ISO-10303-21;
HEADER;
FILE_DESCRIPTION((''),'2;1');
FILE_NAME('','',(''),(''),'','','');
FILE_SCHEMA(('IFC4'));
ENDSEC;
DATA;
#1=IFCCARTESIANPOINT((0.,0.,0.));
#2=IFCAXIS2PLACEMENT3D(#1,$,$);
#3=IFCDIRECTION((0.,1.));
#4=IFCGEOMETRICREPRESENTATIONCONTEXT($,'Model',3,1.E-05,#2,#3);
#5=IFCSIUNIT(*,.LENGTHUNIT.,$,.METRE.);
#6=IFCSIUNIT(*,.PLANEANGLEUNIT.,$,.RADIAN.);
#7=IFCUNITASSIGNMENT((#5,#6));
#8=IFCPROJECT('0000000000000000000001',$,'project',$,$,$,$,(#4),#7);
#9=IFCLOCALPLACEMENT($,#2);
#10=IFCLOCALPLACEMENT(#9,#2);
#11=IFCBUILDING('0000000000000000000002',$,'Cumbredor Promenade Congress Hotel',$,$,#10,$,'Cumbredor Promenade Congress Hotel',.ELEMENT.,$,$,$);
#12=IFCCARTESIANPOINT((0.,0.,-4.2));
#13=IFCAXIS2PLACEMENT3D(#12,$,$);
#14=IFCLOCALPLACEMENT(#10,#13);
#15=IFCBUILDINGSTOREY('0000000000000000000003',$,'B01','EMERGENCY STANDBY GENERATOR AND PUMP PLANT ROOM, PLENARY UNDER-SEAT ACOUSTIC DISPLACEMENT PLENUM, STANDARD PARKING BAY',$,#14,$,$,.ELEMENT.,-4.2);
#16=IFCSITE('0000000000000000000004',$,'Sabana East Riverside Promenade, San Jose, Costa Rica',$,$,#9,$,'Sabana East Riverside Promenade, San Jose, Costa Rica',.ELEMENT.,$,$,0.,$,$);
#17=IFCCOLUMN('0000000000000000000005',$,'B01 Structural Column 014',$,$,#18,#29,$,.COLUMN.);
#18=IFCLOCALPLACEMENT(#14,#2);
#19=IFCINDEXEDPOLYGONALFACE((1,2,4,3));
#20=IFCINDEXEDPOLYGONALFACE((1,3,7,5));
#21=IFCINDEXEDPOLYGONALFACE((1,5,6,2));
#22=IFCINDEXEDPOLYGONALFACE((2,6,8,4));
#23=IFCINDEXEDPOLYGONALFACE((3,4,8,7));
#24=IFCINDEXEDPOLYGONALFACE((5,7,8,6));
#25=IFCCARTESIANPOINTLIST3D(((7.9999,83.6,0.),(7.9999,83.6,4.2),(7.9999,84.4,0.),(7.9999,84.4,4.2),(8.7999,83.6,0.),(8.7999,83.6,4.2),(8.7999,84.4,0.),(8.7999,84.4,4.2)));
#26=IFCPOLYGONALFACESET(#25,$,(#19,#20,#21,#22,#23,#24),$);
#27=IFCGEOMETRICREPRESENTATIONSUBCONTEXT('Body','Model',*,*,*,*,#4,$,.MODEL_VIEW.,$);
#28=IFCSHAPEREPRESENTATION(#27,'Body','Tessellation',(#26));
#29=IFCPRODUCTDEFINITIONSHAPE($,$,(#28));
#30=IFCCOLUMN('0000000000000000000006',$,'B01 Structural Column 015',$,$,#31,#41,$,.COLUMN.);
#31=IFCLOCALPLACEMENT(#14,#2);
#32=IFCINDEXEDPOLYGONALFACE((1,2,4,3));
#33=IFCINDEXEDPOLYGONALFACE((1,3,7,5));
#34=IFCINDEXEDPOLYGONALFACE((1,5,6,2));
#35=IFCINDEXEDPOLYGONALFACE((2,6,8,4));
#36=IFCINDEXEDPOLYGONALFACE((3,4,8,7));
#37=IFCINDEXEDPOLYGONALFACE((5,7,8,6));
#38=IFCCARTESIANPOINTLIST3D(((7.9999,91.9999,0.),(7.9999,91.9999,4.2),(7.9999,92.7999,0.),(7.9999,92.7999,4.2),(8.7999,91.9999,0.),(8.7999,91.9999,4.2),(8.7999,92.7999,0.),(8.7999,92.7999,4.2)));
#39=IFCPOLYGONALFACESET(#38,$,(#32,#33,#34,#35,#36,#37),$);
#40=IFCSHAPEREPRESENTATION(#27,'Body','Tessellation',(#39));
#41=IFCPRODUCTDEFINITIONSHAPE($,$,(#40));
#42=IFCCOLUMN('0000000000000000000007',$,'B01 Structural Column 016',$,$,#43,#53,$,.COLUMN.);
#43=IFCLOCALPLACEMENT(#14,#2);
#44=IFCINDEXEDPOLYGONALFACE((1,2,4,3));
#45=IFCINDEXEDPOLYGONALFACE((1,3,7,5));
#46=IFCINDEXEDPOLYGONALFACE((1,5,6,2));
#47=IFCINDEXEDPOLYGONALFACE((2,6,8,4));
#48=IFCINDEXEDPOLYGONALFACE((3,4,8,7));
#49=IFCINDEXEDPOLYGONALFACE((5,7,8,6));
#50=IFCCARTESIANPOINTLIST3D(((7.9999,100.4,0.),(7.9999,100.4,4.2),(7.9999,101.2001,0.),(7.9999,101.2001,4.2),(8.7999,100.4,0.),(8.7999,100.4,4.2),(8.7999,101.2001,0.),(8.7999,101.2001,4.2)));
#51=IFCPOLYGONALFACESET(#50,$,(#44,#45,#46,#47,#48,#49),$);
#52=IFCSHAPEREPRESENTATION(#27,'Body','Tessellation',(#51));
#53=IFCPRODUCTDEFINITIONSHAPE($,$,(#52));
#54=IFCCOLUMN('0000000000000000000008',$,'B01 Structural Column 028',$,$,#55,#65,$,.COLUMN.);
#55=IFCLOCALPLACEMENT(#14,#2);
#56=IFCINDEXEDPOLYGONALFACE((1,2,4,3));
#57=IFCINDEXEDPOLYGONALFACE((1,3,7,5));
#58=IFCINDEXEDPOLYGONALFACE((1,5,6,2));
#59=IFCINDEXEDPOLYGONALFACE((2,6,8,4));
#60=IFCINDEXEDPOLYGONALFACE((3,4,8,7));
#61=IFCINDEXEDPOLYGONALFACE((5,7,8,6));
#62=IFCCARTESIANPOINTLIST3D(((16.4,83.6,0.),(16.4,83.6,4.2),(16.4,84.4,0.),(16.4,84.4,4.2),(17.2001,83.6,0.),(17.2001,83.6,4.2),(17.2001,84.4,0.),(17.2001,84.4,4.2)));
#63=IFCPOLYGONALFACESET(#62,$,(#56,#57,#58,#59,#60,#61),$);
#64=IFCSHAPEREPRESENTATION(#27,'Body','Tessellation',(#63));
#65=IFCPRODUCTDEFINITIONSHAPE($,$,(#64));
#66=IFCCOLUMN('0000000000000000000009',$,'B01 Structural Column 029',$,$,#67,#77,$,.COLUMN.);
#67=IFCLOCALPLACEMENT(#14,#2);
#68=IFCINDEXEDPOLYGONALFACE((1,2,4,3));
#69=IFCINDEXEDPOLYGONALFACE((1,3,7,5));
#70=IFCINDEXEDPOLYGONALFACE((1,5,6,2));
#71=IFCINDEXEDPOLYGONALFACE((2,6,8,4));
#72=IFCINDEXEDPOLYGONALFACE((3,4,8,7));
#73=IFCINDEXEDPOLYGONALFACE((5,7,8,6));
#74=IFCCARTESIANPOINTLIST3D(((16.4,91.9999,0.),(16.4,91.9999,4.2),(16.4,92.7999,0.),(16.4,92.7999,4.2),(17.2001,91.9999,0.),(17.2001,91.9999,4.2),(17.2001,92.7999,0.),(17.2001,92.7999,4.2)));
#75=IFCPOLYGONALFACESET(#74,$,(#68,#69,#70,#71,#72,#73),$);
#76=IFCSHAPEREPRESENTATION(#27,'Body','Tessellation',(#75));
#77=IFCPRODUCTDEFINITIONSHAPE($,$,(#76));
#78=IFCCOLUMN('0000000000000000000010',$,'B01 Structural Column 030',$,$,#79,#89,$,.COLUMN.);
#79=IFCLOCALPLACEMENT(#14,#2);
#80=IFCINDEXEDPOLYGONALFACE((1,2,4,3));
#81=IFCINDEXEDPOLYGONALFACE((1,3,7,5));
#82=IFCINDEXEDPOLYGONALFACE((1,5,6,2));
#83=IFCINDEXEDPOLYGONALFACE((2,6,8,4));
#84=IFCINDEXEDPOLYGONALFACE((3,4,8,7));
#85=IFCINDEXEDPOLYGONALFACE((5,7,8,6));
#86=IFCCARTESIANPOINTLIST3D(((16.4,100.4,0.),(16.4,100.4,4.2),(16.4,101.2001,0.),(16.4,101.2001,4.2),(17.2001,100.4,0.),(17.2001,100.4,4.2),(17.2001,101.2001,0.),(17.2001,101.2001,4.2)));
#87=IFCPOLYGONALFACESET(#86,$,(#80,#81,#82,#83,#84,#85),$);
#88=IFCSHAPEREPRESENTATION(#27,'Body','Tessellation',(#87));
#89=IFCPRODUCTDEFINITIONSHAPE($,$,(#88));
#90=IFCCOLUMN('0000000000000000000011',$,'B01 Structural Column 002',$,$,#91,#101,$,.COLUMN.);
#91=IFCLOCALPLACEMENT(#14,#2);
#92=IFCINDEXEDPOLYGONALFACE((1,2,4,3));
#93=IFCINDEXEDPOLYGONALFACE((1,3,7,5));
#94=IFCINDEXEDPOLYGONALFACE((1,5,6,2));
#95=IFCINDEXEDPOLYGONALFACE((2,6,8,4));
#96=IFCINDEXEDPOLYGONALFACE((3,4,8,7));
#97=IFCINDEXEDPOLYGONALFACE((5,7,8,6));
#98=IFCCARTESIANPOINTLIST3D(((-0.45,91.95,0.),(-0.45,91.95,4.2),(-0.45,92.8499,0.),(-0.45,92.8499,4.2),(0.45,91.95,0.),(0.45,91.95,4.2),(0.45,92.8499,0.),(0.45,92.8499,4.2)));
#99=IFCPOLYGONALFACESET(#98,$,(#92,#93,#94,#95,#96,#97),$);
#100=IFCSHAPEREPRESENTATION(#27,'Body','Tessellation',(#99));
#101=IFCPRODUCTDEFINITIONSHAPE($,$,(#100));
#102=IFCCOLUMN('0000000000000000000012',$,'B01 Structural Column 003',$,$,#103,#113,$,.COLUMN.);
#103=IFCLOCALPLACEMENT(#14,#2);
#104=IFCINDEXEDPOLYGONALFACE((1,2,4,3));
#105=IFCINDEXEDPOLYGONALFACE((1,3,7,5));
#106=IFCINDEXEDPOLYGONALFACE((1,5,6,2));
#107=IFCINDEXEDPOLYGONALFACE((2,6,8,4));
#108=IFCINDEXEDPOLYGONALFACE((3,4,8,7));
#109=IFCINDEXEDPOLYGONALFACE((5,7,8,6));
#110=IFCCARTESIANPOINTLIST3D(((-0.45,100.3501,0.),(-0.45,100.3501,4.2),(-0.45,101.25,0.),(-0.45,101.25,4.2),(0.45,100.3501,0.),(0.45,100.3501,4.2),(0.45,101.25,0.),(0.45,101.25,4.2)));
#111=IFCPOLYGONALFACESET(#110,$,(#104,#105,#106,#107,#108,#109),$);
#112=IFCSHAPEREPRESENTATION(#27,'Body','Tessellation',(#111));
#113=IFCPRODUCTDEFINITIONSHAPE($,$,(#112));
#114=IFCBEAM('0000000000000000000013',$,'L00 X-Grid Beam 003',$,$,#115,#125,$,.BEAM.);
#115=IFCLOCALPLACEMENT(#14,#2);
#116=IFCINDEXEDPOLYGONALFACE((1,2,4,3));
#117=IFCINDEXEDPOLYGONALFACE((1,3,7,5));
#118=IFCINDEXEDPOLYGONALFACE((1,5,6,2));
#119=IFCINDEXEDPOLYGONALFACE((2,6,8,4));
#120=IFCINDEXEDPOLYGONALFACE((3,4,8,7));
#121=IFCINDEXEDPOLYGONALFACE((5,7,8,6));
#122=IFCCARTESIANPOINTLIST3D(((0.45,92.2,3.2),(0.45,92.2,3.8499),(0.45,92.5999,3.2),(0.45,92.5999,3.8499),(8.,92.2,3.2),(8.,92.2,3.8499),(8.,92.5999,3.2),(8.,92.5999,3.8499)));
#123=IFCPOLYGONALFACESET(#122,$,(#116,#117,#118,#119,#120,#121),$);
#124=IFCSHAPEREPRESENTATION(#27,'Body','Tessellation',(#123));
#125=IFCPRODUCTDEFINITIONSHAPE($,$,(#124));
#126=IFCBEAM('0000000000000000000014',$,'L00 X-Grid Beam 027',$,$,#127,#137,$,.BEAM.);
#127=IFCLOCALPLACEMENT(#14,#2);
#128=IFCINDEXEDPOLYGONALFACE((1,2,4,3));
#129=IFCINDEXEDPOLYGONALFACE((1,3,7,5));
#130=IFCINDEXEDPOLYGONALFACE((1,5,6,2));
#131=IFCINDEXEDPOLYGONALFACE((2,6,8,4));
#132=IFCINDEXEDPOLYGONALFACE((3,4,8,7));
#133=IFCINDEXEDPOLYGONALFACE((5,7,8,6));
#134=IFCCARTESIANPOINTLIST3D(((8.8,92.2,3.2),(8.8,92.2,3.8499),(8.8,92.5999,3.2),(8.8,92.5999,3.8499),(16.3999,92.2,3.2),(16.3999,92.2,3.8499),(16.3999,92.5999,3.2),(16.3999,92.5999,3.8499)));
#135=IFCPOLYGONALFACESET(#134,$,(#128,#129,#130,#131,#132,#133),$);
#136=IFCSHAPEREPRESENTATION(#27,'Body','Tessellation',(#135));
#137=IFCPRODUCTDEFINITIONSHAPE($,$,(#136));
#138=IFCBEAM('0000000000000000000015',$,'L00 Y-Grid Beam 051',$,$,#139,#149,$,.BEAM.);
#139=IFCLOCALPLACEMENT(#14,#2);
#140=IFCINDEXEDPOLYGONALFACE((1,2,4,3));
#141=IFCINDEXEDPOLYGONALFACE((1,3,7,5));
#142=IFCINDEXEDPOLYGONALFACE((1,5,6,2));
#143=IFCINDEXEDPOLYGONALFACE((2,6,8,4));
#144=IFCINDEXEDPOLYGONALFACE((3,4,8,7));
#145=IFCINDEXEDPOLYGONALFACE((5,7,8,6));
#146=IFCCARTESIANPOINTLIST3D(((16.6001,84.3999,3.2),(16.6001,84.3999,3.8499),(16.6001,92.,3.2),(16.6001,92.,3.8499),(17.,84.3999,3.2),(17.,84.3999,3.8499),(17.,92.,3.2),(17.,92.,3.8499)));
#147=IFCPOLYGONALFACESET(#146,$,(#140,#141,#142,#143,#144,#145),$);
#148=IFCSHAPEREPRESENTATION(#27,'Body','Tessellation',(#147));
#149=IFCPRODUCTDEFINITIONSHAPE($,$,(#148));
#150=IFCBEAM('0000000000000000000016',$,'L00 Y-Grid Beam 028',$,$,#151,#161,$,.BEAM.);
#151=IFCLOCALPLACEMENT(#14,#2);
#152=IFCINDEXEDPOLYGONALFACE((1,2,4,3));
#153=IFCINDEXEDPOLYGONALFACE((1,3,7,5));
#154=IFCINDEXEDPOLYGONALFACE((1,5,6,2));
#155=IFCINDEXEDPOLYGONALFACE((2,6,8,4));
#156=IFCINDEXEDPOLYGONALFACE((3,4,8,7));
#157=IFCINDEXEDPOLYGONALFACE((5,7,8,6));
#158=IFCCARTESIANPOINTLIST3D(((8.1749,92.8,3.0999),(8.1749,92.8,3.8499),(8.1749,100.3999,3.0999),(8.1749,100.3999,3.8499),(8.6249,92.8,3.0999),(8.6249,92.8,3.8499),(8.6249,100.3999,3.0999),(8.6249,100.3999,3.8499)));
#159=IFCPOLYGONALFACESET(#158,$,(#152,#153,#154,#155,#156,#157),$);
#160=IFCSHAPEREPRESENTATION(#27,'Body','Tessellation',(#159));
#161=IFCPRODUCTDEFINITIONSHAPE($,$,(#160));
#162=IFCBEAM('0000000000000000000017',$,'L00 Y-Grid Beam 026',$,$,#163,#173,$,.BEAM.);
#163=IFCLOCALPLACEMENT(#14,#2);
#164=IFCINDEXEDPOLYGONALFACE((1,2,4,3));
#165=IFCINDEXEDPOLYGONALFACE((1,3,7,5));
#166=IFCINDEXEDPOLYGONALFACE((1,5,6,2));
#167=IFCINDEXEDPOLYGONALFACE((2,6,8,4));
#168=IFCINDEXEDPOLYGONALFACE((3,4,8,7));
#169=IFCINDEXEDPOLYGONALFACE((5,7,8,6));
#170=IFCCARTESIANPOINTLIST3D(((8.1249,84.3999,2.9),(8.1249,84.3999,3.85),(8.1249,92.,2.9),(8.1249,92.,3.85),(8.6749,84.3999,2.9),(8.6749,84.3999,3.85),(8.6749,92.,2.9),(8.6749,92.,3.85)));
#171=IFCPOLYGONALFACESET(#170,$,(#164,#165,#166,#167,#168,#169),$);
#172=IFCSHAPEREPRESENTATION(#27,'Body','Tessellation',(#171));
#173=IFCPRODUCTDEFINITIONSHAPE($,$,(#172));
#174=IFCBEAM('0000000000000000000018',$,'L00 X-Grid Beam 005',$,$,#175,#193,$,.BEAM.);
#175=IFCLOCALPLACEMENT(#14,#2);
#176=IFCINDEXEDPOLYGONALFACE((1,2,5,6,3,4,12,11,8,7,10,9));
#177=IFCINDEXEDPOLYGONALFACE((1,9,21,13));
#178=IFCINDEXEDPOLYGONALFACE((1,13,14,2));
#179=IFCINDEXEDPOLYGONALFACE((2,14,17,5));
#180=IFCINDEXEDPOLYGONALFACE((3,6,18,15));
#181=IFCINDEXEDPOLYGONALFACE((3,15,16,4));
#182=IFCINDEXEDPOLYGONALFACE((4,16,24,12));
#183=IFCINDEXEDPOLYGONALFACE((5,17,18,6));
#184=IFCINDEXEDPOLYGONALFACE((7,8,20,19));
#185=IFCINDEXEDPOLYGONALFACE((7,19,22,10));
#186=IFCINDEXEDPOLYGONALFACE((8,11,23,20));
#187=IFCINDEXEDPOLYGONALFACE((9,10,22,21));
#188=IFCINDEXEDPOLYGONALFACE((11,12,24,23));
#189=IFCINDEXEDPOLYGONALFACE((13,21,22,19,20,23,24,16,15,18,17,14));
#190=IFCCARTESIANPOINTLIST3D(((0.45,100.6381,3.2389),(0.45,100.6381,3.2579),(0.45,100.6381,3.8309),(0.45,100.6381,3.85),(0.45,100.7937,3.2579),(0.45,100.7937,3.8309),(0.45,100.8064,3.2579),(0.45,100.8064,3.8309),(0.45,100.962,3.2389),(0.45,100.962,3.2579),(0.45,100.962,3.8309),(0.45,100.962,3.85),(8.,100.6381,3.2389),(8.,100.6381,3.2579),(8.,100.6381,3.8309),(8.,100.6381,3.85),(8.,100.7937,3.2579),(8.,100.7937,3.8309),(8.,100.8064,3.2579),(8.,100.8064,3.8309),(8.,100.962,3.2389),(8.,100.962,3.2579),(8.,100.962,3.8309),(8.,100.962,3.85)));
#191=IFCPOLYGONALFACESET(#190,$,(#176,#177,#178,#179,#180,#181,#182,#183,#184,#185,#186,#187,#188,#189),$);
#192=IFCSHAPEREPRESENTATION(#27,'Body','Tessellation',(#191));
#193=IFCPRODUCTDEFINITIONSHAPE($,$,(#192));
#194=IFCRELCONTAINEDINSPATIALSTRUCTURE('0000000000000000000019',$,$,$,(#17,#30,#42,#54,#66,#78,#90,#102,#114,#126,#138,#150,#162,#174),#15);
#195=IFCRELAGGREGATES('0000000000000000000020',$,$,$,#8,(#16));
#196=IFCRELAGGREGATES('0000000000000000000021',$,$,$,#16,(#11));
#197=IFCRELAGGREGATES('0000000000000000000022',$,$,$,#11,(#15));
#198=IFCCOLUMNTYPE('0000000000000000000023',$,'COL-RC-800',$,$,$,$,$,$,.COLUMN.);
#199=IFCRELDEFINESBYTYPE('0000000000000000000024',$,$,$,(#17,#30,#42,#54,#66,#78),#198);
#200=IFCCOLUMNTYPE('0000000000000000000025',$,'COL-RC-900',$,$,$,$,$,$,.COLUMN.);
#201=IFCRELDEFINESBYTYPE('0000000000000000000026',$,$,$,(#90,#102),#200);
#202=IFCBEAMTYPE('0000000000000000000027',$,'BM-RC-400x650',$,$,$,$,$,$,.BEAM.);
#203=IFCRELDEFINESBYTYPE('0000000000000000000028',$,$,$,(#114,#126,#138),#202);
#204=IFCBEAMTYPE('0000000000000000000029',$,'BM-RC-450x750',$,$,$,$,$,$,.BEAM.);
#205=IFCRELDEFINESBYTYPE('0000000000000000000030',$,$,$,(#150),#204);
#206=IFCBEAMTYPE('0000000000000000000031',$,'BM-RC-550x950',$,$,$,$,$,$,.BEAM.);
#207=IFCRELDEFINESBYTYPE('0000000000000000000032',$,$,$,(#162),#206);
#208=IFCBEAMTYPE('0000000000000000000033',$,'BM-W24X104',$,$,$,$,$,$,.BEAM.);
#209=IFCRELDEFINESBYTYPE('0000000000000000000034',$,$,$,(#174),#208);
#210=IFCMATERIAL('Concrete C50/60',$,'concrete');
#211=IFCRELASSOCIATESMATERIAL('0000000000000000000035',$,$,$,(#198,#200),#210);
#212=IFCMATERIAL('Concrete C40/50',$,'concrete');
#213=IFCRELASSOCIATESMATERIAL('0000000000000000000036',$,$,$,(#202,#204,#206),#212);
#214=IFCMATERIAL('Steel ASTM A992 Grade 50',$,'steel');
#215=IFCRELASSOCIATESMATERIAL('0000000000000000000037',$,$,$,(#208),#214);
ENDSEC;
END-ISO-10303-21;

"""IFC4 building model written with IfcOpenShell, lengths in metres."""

from ifc_helpers import new_model, si_unit, direction, frame, origin, origin_2d, place, context, subcontext, project, spatial, rectangle, i_section, extrude, material, material_profile, profile_set, type_object, element, save


model = new_model("IFC4")

# Units and contexts
model_context = context("Model", 3, precision=1e-05, world=origin(), true_north=direction((0.0, 1.0)))
body_context = subcontext(model_context, "Body", "Model", "MODEL_VIEW")
ifc_project = project(units=[si_unit("LENGTHUNIT", "METRE"), si_unit("PLANEANGLEUNIT", "RADIAN")], contexts=[model_context])

# Site, building, storey
site_placement = place(None, origin())
site = spatial("IfcSite", under=ifc_project, at=site_placement, Name="Sabana East Riverside Promenade, San Jose, Costa Rica", LongName="Sabana East Riverside Promenade, San Jose, Costa Rica", CompositionType="ELEMENT", RefElevation=0.0)
building_placement = place(site_placement, origin())
building = spatial("IfcBuilding", under=site, at=building_placement, Name="Cumbredor Promenade Congress Hotel", LongName="Cumbredor Promenade Congress Hotel", CompositionType="ELEMENT")
storey_placement = place(building_placement, frame((0.0, 0.0, -4.2)))
storey = spatial("IfcBuildingStorey", under=building, at=storey_placement, Name="B01", Description="EMERGENCY STANDBY GENERATOR AND PUMP PLANT ROOM, PLENARY UNDER-SEAT ACOUSTIC DISPLACEMENT PLENUM, STANDARD PARKING BAY", CompositionType="ELEMENT", Elevation=-4.2)

# Columns
ifc_material_1 = material(Name="Concrete C50/60", Category="concrete")
ifc_material_profile_1 = material_profile(ifc_material_1, rectangle(XDim=0.8, YDim=0.8, at=origin_2d()), Name="RC 800x800")
ifc_profile_set_1 = profile_set([ifc_material_profile_1], Name="Concrete C50/60")
column_type_1 = type_object("IfcColumnType", Name="COL-RC-800", PredefinedType="COLUMN", material=ifc_profile_set_1)
for number, where, z_axis, x_axis, name in (
    (1, (8.3999, 84.0, 0.0), (0.0, 0.0, 1.0), (1.0, 0.0, 0.0), "B01 Structural Column 014"),
    (2, (8.3999, 92.3999, 0.0), (0.0, 0.0, 1.0), (1.0, 0.0, 0.0), "B01 Structural Column 015"),
    (3, (8.3999, 100.8, 0.0), (0.0, 0.0, 1.0), (1.0, 0.0, 0.0), "B01 Structural Column 016"),
    (4, (16.8, 84.0, 0.0), (0.0, 0.0, 1.0), (1.0, 0.0, 0.0), "B01 Structural Column 028"),
    (5, (16.8, 92.3999, 0.0), (0.0, 0.0, 1.0), (1.0, 0.0, 0.0), "B01 Structural Column 029"),
    (6, (16.8, 100.8, 0.0), (0.0, 0.0, 1.0), (1.0, 0.0, 0.0), "B01 Structural Column 030"),
):
    element("IfcColumn", number, at=place(storey_placement, frame(where, z_axis=z_axis, x_axis=x_axis)), inside=storey, type_object=column_type_1, Name=name, PredefinedType="COLUMN", context=body_context, shape_type="SweptSolid", body=[
        extrude(rectangle(XDim=0.8, YDim=0.8, at=origin_2d()), origin(), (0.0, 0.0, 1.0), 4.2),
    ])
ifc_material_profile_2 = material_profile(ifc_material_1, rectangle(XDim=0.8999, YDim=0.8999, at=origin_2d()), Name="RC 900x900")
ifc_profile_set_2 = profile_set([ifc_material_profile_2], Name="Concrete C50/60")
column_type_2 = type_object("IfcColumnType", Name="COL-RC-900", PredefinedType="COLUMN", material=ifc_profile_set_2)
for number, where, z_axis, x_axis, name in (
    (7, (0.0, 92.3999, 0.0), (0.0, 0.0, 1.0), (1.0, 0.0, 0.0), "B01 Structural Column 002"),
    (8, (0.0, 100.8, 0.0), (0.0, 0.0, 1.0), (1.0, 0.0, 0.0), "B01 Structural Column 003"),
):
    element("IfcColumn", number, at=place(storey_placement, frame(where, z_axis=z_axis, x_axis=x_axis)), inside=storey, type_object=column_type_2, Name=name, PredefinedType="COLUMN", context=body_context, shape_type="SweptSolid", body=[
        extrude(rectangle(XDim=0.8999, YDim=0.8999, at=origin_2d()), origin(), (0.0, 0.0, 1.0), 4.2),
    ])

# Beams
ifc_material_2 = material(Name="Concrete C40/50", Category="concrete")
ifc_material_profile_3 = material_profile(ifc_material_2, rectangle(XDim=0.3999, YDim=0.6499, at=origin_2d()), Name="RC BEAM 400x650")
ifc_profile_set_3 = profile_set([ifc_material_profile_3], Name="Concrete C40/50")
beam_type_1 = type_object("IfcBeamType", Name="BM-RC-400x650", PredefinedType="BEAM", material=ifc_profile_set_3)
beam_1_placement = place(storey_placement, frame((0.45, 92.3999, 3.5249), z_axis=(1.0, 0.0, 0.0), x_axis=(0.0, 1.0, 0.0)))
element("IfcBeam", 9, at=beam_1_placement, inside=storey, type_object=beam_type_1, Name="L00 X-Grid Beam 003", PredefinedType="BEAM", context=body_context, shape_type="SweptSolid", body=[
    extrude(rectangle(XDim=0.3999, YDim=0.6499, at=origin_2d()), origin(), (0.0, 0.0, 1.0), 7.55),
])
beam_2_placement = place(storey_placement, frame((8.8, 92.3999, 3.5249), z_axis=(1.0, 0.0, 0.0), x_axis=(0.0, 1.0, 0.0)))
element("IfcBeam", 10, at=beam_2_placement, inside=storey, type_object=beam_type_1, Name="L00 X-Grid Beam 027", PredefinedType="BEAM", context=body_context, shape_type="SweptSolid", body=[
    extrude(rectangle(XDim=0.3999, YDim=0.6499, at=origin_2d()), origin(), (0.0, 0.0, 1.0), 7.5999),
])
beam_3_placement = place(storey_placement, frame((16.8, 84.3999, 3.5249), z_axis=(0.0, 1.0, 0.0), x_axis=(-1.0, 0.0, 0.0)))
element("IfcBeam", 11, at=beam_3_placement, inside=storey, type_object=beam_type_1, Name="L00 Y-Grid Beam 051", PredefinedType="BEAM", context=body_context, shape_type="SweptSolid", body=[
    extrude(rectangle(XDim=0.3999, YDim=0.6499, at=origin_2d()), origin(), (0.0, 0.0, 1.0), 7.6001),
])
ifc_material_profile_4 = material_profile(ifc_material_2, rectangle(XDim=0.45, YDim=0.75, at=origin_2d()), Name="RC BEAM 450x750")
ifc_profile_set_4 = profile_set([ifc_material_profile_4], Name="Concrete C40/50")
beam_type_2 = type_object("IfcBeamType", Name="BM-RC-450x750", PredefinedType="BEAM", material=ifc_profile_set_4)
beam_4_placement = place(storey_placement, frame((8.3999, 92.8, 3.4749), z_axis=(0.0, 1.0, 0.0), x_axis=(-1.0, 0.0, 0.0)))
element("IfcBeam", 12, at=beam_4_placement, inside=storey, type_object=beam_type_2, Name="L00 Y-Grid Beam 028", PredefinedType="BEAM", context=body_context, shape_type="SweptSolid", body=[
    extrude(rectangle(XDim=0.45, YDim=0.75, at=origin_2d()), origin(), (0.0, 0.0, 1.0), 7.5999),
])
ifc_material_profile_5 = material_profile(ifc_material_2, rectangle(XDim=0.55, YDim=0.95, at=origin_2d()), Name="RC BEAM 550x950")
ifc_profile_set_5 = profile_set([ifc_material_profile_5], Name="Concrete C40/50")
beam_type_3 = type_object("IfcBeamType", Name="BM-RC-550x950", PredefinedType="BEAM", material=ifc_profile_set_5)
beam_5_placement = place(storey_placement, frame((8.3999, 84.3999, 3.375), z_axis=(0.0, 1.0, 0.0), x_axis=(-1.0, 0.0, 0.0)))
element("IfcBeam", 13, at=beam_5_placement, inside=storey, type_object=beam_type_3, Name="L00 Y-Grid Beam 026", PredefinedType="BEAM", context=body_context, shape_type="SweptSolid", body=[
    extrude(rectangle(XDim=0.55, YDim=0.95, at=origin_2d()), origin(), (0.0, 0.0, 1.0), 7.6001),
])
ifc_material_3 = material(Name="Steel ASTM A992 Grade 50", Category="steel")
ifc_material_profile_6 = material_profile(ifc_material_3, i_section(OverallWidth=0.324, OverallDepth=0.6111, WebThickness=0.0127, FlangeThickness=0.019, at=origin_2d()), Name="W24X104")
ifc_profile_set_6 = profile_set([ifc_material_profile_6], Name="Steel ASTM A992 Grade 50")
beam_type_4 = type_object("IfcBeamType", Name="BM-W24X104", PredefinedType="BEAM", material=ifc_profile_set_6)
beam_6_placement = place(storey_placement, frame((0.45, 100.8, 3.5444), z_axis=(1.0, 0.0, 0.0), x_axis=(0.0, 1.0, 0.0)))
element("IfcBeam", 14, at=beam_6_placement, inside=storey, type_object=beam_type_4, Name="L00 X-Grid Beam 005", PredefinedType="BEAM", context=body_context, shape_type="SweptSolid", body=[
    extrude(i_section(OverallWidth=0.324, OverallDepth=0.6111, WebThickness=0.0127, FlangeThickness=0.019, at=origin_2d()), origin(), (0.0, 0.0, 1.0), 7.55),
])

save(model, "model.ifc")
